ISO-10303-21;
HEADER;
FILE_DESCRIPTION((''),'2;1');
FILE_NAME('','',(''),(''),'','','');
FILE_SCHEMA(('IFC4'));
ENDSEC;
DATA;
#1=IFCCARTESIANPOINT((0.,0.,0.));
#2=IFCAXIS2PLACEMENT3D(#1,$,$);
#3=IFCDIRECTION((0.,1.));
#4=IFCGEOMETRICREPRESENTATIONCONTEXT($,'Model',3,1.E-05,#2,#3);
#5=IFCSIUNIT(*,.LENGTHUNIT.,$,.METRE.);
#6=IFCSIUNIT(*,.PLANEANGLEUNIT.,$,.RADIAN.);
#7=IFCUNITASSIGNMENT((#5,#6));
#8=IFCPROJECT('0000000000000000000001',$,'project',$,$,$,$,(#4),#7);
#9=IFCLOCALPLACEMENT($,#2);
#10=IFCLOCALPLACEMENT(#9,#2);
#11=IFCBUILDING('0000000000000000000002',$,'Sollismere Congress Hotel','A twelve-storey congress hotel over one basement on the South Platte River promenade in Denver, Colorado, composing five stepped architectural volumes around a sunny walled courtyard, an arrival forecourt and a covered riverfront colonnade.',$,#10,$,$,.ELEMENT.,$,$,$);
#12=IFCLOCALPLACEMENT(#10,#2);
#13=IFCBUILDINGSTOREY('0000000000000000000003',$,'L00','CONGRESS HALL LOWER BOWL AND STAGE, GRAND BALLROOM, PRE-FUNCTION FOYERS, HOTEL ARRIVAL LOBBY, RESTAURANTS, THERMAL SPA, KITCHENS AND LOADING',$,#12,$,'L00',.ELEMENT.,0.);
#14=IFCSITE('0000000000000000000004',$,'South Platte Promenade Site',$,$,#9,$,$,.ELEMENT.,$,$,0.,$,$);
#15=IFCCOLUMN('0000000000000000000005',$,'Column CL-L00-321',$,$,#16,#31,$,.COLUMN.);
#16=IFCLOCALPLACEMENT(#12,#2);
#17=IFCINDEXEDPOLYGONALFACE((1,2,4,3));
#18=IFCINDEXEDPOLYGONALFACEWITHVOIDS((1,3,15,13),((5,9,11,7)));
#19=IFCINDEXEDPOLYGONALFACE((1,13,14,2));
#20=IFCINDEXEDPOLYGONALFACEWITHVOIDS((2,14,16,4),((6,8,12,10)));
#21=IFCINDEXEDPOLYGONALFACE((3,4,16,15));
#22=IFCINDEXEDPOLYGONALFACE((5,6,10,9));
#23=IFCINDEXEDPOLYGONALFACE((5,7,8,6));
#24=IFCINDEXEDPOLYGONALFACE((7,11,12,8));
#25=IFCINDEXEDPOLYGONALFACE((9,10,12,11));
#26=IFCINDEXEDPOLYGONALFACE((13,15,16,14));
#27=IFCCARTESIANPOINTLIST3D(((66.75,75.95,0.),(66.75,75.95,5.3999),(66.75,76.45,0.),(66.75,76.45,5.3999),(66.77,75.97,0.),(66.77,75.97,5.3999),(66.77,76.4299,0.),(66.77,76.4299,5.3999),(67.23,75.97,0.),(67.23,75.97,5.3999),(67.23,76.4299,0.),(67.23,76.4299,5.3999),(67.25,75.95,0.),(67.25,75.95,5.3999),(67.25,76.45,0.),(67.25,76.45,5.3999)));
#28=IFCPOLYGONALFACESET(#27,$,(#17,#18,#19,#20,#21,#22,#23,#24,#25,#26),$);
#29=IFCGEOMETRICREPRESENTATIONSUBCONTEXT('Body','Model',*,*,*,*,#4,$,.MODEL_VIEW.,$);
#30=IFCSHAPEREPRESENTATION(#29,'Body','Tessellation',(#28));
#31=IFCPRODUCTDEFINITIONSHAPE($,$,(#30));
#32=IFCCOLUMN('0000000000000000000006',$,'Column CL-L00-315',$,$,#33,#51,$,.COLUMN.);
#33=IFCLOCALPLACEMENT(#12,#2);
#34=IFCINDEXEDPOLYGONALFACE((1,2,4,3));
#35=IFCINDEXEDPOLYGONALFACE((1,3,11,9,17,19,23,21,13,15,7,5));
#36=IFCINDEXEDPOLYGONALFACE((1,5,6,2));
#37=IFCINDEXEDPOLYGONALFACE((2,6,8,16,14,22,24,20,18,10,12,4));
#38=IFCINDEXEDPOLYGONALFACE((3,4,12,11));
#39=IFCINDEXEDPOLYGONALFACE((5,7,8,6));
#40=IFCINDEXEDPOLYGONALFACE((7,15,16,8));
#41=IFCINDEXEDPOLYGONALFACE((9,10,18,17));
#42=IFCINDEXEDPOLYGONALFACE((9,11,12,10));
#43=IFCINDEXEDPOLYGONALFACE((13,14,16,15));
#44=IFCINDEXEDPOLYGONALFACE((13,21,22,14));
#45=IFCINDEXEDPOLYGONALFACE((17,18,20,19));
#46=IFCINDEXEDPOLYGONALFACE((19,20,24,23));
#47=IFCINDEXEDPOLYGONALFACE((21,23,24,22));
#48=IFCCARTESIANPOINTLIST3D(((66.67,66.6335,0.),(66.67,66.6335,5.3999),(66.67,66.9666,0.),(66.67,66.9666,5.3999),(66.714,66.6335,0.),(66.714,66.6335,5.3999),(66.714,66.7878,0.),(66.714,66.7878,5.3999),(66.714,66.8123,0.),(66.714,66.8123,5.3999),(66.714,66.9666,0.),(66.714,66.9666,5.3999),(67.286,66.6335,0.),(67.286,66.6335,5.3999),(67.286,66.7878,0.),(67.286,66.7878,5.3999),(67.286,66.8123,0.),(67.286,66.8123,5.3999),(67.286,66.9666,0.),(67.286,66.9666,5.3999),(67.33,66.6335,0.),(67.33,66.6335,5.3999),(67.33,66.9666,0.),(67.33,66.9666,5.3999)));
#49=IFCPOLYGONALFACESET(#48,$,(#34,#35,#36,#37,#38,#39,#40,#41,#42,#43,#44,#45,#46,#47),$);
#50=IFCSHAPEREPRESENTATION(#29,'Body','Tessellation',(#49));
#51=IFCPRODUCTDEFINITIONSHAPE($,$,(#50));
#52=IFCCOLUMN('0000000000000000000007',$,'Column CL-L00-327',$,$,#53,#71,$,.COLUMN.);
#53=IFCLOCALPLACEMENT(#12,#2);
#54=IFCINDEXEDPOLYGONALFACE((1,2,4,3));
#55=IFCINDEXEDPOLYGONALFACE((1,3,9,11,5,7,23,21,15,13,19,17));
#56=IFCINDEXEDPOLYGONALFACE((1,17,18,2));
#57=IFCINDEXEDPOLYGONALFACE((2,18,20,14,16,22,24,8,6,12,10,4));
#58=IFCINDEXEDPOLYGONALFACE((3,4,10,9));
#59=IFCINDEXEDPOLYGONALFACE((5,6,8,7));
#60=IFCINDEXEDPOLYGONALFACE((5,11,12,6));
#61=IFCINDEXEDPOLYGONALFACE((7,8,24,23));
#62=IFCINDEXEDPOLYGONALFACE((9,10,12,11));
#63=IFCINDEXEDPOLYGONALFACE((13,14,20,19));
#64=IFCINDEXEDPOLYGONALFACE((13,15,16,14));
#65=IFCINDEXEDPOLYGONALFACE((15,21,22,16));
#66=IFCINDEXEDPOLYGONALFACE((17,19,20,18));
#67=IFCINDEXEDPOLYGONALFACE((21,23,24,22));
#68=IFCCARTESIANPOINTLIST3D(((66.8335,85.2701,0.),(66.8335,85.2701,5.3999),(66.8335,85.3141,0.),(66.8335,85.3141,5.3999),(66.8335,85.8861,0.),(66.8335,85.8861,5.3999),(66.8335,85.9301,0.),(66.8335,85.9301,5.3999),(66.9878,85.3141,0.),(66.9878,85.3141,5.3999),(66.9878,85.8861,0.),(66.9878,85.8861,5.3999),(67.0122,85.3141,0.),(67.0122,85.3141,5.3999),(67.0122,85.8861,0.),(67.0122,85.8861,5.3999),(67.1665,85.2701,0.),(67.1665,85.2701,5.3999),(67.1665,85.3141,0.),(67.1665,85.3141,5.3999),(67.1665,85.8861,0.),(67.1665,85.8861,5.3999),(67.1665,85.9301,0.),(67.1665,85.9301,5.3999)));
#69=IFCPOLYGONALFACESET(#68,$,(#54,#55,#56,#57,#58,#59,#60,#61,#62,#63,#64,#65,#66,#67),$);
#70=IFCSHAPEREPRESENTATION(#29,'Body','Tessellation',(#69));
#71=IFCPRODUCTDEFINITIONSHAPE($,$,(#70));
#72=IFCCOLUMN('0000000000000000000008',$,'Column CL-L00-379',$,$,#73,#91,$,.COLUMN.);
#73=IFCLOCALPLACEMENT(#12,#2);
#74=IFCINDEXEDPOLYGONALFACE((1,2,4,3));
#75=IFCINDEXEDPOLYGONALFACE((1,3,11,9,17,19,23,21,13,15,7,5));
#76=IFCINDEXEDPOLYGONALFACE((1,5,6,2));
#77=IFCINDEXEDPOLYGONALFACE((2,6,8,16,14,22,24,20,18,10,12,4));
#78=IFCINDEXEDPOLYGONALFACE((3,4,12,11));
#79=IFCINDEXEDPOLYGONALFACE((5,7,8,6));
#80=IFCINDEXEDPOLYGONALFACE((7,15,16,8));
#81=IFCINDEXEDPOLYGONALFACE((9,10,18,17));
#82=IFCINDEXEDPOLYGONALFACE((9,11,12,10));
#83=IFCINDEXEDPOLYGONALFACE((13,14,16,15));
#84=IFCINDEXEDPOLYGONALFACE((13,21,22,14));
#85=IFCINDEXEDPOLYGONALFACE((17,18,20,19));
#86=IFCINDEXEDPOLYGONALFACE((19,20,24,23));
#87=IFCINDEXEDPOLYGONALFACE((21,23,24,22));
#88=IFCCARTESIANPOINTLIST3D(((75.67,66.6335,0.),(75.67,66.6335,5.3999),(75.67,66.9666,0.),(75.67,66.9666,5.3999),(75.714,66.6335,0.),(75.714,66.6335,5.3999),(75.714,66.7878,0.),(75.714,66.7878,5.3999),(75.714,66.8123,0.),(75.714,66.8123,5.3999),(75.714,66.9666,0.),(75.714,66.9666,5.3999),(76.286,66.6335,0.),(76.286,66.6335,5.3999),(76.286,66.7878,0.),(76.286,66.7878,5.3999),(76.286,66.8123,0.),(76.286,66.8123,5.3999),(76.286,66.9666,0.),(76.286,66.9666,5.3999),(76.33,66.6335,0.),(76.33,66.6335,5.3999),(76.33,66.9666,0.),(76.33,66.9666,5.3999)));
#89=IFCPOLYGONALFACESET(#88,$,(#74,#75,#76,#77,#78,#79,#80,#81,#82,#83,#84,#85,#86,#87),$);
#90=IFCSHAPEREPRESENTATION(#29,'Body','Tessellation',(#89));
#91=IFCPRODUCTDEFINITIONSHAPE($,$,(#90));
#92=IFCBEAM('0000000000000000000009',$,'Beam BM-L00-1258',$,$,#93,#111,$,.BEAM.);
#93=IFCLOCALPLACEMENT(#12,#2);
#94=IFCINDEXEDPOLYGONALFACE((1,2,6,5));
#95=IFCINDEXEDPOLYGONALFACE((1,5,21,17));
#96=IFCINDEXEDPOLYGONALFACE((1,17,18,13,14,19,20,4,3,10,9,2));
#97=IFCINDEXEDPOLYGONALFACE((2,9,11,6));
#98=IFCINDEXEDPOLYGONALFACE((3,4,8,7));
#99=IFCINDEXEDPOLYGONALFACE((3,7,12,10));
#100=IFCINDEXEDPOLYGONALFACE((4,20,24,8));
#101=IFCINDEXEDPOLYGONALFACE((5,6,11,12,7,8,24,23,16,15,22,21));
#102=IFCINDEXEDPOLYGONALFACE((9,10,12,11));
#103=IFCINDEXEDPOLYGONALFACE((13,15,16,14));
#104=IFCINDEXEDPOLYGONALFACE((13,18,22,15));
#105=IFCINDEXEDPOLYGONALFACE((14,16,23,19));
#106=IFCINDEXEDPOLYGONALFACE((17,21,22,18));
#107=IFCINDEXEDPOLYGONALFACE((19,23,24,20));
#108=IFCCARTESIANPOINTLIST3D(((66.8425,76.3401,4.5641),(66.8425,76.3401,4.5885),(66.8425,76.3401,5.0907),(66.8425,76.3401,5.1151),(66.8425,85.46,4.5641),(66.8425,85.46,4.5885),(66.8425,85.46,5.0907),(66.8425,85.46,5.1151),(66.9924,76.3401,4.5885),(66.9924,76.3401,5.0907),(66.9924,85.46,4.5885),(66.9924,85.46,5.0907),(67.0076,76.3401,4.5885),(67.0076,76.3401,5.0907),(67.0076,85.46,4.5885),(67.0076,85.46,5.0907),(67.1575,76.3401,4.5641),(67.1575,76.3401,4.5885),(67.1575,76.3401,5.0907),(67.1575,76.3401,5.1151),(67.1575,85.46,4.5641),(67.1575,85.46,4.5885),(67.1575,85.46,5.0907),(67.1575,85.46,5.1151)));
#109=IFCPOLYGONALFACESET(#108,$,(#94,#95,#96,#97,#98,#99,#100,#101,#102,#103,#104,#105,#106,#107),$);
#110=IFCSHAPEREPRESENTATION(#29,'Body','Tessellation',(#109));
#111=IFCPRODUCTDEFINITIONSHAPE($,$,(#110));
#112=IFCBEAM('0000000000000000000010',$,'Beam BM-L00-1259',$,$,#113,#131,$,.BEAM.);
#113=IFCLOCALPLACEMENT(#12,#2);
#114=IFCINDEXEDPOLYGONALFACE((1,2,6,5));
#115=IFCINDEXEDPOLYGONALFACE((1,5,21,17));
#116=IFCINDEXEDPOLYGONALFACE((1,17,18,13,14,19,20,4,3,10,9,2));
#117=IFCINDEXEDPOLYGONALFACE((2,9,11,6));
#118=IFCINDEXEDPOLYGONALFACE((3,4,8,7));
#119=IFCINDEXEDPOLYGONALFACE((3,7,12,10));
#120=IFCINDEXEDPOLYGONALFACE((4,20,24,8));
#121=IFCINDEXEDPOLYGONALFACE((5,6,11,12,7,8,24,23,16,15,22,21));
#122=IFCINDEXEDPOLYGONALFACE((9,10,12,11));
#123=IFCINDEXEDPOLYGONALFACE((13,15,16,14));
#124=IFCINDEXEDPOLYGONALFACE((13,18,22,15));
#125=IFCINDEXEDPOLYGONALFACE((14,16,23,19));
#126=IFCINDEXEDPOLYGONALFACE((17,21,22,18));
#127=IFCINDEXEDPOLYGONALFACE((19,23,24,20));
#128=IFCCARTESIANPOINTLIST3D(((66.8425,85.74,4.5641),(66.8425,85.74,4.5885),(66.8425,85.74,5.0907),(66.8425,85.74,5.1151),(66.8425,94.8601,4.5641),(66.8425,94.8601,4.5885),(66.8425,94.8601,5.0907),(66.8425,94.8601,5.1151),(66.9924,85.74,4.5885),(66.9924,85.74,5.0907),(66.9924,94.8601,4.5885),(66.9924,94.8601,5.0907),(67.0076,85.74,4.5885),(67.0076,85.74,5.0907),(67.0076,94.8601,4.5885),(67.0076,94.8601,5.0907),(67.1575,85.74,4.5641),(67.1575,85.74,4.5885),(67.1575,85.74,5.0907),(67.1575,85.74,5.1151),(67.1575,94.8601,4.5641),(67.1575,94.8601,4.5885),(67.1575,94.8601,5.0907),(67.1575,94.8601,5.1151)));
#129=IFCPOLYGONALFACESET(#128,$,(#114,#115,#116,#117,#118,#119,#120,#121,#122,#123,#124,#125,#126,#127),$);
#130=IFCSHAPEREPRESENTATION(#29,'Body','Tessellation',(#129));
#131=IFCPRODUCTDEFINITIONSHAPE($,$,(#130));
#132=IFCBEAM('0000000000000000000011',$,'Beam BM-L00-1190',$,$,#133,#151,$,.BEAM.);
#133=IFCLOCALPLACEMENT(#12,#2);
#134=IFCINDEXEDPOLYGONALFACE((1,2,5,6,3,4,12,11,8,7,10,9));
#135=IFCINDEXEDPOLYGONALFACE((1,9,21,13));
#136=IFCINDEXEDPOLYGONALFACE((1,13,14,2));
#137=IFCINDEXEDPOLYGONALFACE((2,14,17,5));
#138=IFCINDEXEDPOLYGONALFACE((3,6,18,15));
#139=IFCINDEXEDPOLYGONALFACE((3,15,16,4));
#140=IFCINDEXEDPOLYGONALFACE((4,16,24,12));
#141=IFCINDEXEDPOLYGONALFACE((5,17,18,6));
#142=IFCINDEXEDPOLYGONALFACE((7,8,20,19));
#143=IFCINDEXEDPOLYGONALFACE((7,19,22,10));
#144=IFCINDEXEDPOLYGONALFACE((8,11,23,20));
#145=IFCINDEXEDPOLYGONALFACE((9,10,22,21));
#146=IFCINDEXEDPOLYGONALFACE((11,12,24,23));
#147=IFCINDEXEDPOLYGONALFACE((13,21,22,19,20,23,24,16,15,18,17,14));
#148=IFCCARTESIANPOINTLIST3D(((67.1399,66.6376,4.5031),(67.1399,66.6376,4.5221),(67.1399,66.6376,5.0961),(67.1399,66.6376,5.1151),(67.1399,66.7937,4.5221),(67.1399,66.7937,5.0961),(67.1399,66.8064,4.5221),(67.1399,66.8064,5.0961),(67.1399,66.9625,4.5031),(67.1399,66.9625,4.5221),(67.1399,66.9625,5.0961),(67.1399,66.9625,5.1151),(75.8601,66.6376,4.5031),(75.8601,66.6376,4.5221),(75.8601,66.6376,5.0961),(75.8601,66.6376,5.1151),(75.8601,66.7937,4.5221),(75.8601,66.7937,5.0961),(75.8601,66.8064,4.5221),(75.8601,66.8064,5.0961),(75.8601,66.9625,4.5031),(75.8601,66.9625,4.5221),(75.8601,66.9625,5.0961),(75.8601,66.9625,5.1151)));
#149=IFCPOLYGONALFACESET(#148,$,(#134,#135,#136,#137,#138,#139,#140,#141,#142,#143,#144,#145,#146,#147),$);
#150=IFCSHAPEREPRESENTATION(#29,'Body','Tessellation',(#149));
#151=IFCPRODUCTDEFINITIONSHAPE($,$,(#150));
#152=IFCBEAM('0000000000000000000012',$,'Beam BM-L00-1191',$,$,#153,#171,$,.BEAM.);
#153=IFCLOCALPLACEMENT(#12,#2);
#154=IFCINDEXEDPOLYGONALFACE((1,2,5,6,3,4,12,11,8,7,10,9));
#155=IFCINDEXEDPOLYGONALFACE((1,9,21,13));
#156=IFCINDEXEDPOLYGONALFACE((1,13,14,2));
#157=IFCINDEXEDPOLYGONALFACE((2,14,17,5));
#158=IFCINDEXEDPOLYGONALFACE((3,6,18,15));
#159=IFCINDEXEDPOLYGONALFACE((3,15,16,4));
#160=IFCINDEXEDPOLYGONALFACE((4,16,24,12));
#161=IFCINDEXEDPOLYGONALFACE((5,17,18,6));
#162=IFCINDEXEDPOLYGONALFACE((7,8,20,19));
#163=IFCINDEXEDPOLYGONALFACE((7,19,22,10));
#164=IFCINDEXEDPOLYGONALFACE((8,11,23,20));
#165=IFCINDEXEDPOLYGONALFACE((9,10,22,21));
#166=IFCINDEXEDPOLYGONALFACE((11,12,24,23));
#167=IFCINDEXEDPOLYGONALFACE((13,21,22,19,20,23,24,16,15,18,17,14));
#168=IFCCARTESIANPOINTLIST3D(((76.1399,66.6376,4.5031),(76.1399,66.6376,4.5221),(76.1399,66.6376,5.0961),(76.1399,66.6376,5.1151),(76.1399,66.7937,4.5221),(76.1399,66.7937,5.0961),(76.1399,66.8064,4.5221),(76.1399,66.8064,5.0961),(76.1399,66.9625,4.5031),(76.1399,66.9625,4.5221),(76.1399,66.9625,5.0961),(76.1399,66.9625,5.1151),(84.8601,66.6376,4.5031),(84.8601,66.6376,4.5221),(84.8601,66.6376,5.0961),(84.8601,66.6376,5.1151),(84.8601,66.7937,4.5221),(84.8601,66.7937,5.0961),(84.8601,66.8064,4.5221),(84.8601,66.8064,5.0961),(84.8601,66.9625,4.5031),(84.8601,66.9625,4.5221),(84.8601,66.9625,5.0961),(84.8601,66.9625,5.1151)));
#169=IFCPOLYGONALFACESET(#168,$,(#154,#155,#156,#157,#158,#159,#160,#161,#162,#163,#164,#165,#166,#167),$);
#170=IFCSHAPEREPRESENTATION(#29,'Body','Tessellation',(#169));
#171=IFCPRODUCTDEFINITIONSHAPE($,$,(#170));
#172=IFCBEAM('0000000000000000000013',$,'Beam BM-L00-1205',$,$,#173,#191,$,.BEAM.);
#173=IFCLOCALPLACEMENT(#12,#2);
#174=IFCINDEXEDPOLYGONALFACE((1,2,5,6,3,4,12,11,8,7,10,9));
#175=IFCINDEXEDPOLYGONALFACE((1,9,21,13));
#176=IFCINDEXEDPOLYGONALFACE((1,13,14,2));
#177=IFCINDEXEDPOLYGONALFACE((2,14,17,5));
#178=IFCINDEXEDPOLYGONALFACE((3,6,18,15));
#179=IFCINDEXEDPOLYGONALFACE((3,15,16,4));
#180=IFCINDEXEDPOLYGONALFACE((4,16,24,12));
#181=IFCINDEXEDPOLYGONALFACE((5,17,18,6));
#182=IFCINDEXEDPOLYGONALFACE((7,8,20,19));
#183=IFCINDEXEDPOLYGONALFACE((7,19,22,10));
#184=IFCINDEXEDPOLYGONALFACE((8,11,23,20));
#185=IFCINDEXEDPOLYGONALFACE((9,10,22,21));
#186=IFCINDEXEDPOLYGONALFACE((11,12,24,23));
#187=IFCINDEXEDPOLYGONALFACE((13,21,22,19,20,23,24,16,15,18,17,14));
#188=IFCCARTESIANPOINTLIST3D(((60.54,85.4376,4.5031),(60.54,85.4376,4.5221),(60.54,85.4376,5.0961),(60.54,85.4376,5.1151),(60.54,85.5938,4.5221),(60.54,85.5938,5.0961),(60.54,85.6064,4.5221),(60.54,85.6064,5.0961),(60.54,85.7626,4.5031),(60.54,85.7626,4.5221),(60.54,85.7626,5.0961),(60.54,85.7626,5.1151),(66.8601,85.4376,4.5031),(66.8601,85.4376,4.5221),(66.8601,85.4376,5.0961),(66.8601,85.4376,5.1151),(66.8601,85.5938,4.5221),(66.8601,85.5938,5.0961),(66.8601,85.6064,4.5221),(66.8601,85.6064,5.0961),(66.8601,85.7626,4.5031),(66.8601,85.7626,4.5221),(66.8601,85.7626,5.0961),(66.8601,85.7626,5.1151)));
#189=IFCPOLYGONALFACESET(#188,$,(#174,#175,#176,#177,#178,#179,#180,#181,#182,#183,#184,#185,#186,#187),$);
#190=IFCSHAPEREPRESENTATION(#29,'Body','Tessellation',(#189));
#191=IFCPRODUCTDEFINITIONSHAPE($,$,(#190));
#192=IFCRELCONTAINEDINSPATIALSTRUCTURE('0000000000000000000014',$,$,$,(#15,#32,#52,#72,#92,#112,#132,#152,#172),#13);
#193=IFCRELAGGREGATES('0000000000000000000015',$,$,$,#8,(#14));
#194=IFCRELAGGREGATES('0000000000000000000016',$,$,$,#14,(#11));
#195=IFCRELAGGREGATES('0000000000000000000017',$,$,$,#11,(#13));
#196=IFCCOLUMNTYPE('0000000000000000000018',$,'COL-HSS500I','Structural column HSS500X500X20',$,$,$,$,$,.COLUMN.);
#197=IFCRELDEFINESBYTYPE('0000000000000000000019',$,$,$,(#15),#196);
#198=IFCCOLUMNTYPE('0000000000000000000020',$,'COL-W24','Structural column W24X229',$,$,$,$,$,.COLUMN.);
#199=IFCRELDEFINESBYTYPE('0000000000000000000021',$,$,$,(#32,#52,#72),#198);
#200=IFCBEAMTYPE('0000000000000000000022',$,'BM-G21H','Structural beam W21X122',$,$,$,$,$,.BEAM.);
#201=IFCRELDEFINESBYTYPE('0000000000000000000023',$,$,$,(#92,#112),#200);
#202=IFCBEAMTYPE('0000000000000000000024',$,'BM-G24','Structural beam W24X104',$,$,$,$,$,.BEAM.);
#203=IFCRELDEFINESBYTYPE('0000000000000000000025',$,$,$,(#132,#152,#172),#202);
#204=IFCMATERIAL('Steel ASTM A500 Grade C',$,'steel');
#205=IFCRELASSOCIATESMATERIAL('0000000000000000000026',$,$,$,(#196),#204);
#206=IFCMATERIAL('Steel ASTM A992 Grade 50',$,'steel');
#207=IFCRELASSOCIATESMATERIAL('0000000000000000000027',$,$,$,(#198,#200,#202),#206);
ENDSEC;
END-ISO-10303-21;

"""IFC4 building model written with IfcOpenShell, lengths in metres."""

from ifc_helpers import new_model, si_unit, direction, frame, origin, origin_2d, place, context, subcontext, project, spatial, hollow_rectangle, i_section, extrude, material, material_profile, profile_set, type_object, element, save


model = new_model("IFC4")

# Units and contexts
model_context = context("Model", 3, precision=1e-05, world=origin(), true_north=direction((0.0, 1.0)))
body_context = subcontext(model_context, "Body", "Model", "MODEL_VIEW")
ifc_project = project(units=[si_unit("LENGTHUNIT", "METRE"), si_unit("PLANEANGLEUNIT", "RADIAN")], contexts=[model_context])

# Site, building, storey
site_placement = place(None, origin())
site = spatial("IfcSite", under=ifc_project, at=site_placement, Name="South Platte Promenade Site", CompositionType="ELEMENT", RefElevation=0.0)
building_placement = place(site_placement, origin())
building = spatial("IfcBuilding", under=site, at=building_placement, Name="Sollismere Congress Hotel", Description="A twelve-storey congress hotel over one basement on the South Platte River promenade in Denver, Colorado, composing five stepped architectural volumes around a sunny walled courtyard, an arrival forecourt and a covered riverfront colonnade.", CompositionType="ELEMENT")
storey_placement = place(building_placement, origin())
storey = spatial("IfcBuildingStorey", under=building, at=storey_placement, Name="L00", Description="CONGRESS HALL LOWER BOWL AND STAGE, GRAND BALLROOM, PRE-FUNCTION FOYERS, HOTEL ARRIVAL LOBBY, RESTAURANTS, THERMAL SPA, KITCHENS AND LOADING", LongName="L00", CompositionType="ELEMENT", Elevation=0.0)

# Columns
ifc_material_1 = material(Name="Steel ASTM A500 Grade C", Category="steel")
ifc_material_profile_1 = material_profile(ifc_material_1, hollow_rectangle(XDim=0.5, YDim=0.5, WallThickness=0.02, at=origin_2d()), Name="HSS500X500X20")
ifc_profile_set_1 = profile_set([ifc_material_profile_1], Name="Steel ASTM A500 Grade C")
column_type_1 = type_object("IfcColumnType", Name="COL-HSS500I", Description="Structural column HSS500X500X20", PredefinedType="COLUMN", material=ifc_profile_set_1)
column_placement = place(storey_placement, frame((67.0, 76.2, 0.0), z_axis=(0.0, 0.0, 1.0), x_axis=(1.0, 0.0, 0.0)))
element("IfcColumn", 1, at=column_placement, inside=storey, type_object=column_type_1, Name="Column CL-L00-321", PredefinedType="COLUMN", context=body_context, shape_type="SweptSolid", body=[
    extrude(hollow_rectangle(XDim=0.5, YDim=0.5, WallThickness=0.02, at=origin_2d()), origin(), (0.0, 0.0, 1.0), 5.3999),
])
ifc_material_2 = material(Name="Steel ASTM A992 Grade 50", Category="steel")
ifc_material_profile_2 = material_profile(ifc_material_2, i_section(OverallWidth=0.333, OverallDepth=0.6599, WebThickness=0.0244, FlangeThickness=0.0439, at=origin_2d()), Name="W24X229")
ifc_profile_set_2 = profile_set([ifc_material_profile_2], Name="Steel ASTM A992 Grade 50")
column_type_2 = type_object("IfcColumnType", Name="COL-W24", Description="Structural column W24X229", PredefinedType="COLUMN", material=ifc_profile_set_2)
for number, where, z_axis, x_axis, name in (
    (2, (67.0, 66.8, 0.0), (0.0, 0.0, 1.0), (0.0, 1.0, 0.0), "Column CL-L00-315"),
    (3, (67.0, 85.6001, 0.0), (0.0, 0.0, 1.0), (1.0, 0.0, 0.0), "Column CL-L00-327"),
    (4, (76.0, 66.8, 0.0), (0.0, 0.0, 1.0), (0.0, 1.0, 0.0), "Column CL-L00-379"),
):
    element("IfcColumn", number, at=place(storey_placement, frame(where, z_axis=z_axis, x_axis=x_axis)), inside=storey, type_object=column_type_2, Name=name, PredefinedType="COLUMN", context=body_context, shape_type="SweptSolid", body=[
        extrude(i_section(OverallWidth=0.333, OverallDepth=0.6599, WebThickness=0.0244, FlangeThickness=0.0439, at=origin_2d()), origin(), (0.0, 0.0, 1.0), 5.3999),
    ])

# Beams
ifc_material_profile_3 = material_profile(ifc_material_2, i_section(OverallWidth=0.3149, OverallDepth=0.551, WebThickness=0.0151, FlangeThickness=0.0244, at=origin_2d()), Name="W21X122")
ifc_profile_set_3 = profile_set([ifc_material_profile_3], Name="Steel ASTM A992 Grade 50")
beam_type_1 = type_object("IfcBeamType", Name="BM-G21H", Description="Structural beam W21X122", PredefinedType="BEAM", material=ifc_profile_set_3)
beam_1_placement = place(storey_placement, frame((67.0, 76.3401, 4.8396), z_axis=(0.0, 1.0, 0.0), x_axis=(-1.0, 0.0, 0.0)))
element("IfcBeam", 5, at=beam_1_placement, inside=storey, type_object=beam_type_1, Name="Beam BM-L00-1258", PredefinedType="BEAM", context=body_context, shape_type="SweptSolid", body=[
    extrude(i_section(OverallWidth=0.3149, OverallDepth=0.551, WebThickness=0.0151, FlangeThickness=0.0244, at=origin_2d()), origin(), (0.0, 0.0, 1.0), 9.1199),
])
beam_2_placement = place(storey_placement, frame((67.0, 85.74, 4.8396), z_axis=(0.0, 1.0, 0.0), x_axis=(-1.0, 0.0, 0.0)))
element("IfcBeam", 6, at=beam_2_placement, inside=storey, type_object=beam_type_1, Name="Beam BM-L00-1259", PredefinedType="BEAM", context=body_context, shape_type="SweptSolid", body=[
    extrude(i_section(OverallWidth=0.3149, OverallDepth=0.551, WebThickness=0.0151, FlangeThickness=0.0244, at=origin_2d()), origin(), (0.0, 0.0, 1.0), 9.1201),
])
ifc_material_profile_4 = material_profile(ifc_material_2, i_section(OverallWidth=0.325, OverallDepth=0.6121, WebThickness=0.0127, FlangeThickness=0.019, at=origin_2d()), Name="W24X104")
ifc_profile_set_4 = profile_set([ifc_material_profile_4], Name="Steel ASTM A992 Grade 50")
beam_type_2 = type_object("IfcBeamType", Name="BM-G24", Description="Structural beam W24X104", PredefinedType="BEAM", material=ifc_profile_set_4)
for number, where, z_axis, x_axis, name in (
    (7, (67.1399, 66.8, 4.8091), (1.0, 0.0, 0.0), (0.0, 1.0, 0.0), "Beam BM-L00-1190"),
    (8, (76.1399, 66.8, 4.8091), (1.0, 0.0, 0.0), (0.0, 1.0, 0.0), "Beam BM-L00-1191"),
):
    element("IfcBeam", number, at=place(storey_placement, frame(where, z_axis=z_axis, x_axis=x_axis)), inside=storey, type_object=beam_type_2, Name=name, PredefinedType="BEAM", context=body_context, shape_type="SweptSolid", body=[
        extrude(i_section(OverallWidth=0.325, OverallDepth=0.6121, WebThickness=0.0127, FlangeThickness=0.019, at=origin_2d()), origin(), (0.0, 0.0, 1.0), 8.7202),
    ])
beam_3_placement = place(storey_placement, frame((60.54, 85.6001, 4.8091), z_axis=(1.0, 0.0, 0.0), x_axis=(0.0, 1.0, 0.0)))
element("IfcBeam", 9, at=beam_3_placement, inside=storey, type_object=beam_type_2, Name="Beam BM-L00-1205", PredefinedType="BEAM", context=body_context, shape_type="SweptSolid", body=[
    extrude(i_section(OverallWidth=0.325, OverallDepth=0.6121, WebThickness=0.0127, FlangeThickness=0.019, at=origin_2d()), origin(), (0.0, 0.0, 1.0), 6.3201),
])

save(model, "model.ifc")
